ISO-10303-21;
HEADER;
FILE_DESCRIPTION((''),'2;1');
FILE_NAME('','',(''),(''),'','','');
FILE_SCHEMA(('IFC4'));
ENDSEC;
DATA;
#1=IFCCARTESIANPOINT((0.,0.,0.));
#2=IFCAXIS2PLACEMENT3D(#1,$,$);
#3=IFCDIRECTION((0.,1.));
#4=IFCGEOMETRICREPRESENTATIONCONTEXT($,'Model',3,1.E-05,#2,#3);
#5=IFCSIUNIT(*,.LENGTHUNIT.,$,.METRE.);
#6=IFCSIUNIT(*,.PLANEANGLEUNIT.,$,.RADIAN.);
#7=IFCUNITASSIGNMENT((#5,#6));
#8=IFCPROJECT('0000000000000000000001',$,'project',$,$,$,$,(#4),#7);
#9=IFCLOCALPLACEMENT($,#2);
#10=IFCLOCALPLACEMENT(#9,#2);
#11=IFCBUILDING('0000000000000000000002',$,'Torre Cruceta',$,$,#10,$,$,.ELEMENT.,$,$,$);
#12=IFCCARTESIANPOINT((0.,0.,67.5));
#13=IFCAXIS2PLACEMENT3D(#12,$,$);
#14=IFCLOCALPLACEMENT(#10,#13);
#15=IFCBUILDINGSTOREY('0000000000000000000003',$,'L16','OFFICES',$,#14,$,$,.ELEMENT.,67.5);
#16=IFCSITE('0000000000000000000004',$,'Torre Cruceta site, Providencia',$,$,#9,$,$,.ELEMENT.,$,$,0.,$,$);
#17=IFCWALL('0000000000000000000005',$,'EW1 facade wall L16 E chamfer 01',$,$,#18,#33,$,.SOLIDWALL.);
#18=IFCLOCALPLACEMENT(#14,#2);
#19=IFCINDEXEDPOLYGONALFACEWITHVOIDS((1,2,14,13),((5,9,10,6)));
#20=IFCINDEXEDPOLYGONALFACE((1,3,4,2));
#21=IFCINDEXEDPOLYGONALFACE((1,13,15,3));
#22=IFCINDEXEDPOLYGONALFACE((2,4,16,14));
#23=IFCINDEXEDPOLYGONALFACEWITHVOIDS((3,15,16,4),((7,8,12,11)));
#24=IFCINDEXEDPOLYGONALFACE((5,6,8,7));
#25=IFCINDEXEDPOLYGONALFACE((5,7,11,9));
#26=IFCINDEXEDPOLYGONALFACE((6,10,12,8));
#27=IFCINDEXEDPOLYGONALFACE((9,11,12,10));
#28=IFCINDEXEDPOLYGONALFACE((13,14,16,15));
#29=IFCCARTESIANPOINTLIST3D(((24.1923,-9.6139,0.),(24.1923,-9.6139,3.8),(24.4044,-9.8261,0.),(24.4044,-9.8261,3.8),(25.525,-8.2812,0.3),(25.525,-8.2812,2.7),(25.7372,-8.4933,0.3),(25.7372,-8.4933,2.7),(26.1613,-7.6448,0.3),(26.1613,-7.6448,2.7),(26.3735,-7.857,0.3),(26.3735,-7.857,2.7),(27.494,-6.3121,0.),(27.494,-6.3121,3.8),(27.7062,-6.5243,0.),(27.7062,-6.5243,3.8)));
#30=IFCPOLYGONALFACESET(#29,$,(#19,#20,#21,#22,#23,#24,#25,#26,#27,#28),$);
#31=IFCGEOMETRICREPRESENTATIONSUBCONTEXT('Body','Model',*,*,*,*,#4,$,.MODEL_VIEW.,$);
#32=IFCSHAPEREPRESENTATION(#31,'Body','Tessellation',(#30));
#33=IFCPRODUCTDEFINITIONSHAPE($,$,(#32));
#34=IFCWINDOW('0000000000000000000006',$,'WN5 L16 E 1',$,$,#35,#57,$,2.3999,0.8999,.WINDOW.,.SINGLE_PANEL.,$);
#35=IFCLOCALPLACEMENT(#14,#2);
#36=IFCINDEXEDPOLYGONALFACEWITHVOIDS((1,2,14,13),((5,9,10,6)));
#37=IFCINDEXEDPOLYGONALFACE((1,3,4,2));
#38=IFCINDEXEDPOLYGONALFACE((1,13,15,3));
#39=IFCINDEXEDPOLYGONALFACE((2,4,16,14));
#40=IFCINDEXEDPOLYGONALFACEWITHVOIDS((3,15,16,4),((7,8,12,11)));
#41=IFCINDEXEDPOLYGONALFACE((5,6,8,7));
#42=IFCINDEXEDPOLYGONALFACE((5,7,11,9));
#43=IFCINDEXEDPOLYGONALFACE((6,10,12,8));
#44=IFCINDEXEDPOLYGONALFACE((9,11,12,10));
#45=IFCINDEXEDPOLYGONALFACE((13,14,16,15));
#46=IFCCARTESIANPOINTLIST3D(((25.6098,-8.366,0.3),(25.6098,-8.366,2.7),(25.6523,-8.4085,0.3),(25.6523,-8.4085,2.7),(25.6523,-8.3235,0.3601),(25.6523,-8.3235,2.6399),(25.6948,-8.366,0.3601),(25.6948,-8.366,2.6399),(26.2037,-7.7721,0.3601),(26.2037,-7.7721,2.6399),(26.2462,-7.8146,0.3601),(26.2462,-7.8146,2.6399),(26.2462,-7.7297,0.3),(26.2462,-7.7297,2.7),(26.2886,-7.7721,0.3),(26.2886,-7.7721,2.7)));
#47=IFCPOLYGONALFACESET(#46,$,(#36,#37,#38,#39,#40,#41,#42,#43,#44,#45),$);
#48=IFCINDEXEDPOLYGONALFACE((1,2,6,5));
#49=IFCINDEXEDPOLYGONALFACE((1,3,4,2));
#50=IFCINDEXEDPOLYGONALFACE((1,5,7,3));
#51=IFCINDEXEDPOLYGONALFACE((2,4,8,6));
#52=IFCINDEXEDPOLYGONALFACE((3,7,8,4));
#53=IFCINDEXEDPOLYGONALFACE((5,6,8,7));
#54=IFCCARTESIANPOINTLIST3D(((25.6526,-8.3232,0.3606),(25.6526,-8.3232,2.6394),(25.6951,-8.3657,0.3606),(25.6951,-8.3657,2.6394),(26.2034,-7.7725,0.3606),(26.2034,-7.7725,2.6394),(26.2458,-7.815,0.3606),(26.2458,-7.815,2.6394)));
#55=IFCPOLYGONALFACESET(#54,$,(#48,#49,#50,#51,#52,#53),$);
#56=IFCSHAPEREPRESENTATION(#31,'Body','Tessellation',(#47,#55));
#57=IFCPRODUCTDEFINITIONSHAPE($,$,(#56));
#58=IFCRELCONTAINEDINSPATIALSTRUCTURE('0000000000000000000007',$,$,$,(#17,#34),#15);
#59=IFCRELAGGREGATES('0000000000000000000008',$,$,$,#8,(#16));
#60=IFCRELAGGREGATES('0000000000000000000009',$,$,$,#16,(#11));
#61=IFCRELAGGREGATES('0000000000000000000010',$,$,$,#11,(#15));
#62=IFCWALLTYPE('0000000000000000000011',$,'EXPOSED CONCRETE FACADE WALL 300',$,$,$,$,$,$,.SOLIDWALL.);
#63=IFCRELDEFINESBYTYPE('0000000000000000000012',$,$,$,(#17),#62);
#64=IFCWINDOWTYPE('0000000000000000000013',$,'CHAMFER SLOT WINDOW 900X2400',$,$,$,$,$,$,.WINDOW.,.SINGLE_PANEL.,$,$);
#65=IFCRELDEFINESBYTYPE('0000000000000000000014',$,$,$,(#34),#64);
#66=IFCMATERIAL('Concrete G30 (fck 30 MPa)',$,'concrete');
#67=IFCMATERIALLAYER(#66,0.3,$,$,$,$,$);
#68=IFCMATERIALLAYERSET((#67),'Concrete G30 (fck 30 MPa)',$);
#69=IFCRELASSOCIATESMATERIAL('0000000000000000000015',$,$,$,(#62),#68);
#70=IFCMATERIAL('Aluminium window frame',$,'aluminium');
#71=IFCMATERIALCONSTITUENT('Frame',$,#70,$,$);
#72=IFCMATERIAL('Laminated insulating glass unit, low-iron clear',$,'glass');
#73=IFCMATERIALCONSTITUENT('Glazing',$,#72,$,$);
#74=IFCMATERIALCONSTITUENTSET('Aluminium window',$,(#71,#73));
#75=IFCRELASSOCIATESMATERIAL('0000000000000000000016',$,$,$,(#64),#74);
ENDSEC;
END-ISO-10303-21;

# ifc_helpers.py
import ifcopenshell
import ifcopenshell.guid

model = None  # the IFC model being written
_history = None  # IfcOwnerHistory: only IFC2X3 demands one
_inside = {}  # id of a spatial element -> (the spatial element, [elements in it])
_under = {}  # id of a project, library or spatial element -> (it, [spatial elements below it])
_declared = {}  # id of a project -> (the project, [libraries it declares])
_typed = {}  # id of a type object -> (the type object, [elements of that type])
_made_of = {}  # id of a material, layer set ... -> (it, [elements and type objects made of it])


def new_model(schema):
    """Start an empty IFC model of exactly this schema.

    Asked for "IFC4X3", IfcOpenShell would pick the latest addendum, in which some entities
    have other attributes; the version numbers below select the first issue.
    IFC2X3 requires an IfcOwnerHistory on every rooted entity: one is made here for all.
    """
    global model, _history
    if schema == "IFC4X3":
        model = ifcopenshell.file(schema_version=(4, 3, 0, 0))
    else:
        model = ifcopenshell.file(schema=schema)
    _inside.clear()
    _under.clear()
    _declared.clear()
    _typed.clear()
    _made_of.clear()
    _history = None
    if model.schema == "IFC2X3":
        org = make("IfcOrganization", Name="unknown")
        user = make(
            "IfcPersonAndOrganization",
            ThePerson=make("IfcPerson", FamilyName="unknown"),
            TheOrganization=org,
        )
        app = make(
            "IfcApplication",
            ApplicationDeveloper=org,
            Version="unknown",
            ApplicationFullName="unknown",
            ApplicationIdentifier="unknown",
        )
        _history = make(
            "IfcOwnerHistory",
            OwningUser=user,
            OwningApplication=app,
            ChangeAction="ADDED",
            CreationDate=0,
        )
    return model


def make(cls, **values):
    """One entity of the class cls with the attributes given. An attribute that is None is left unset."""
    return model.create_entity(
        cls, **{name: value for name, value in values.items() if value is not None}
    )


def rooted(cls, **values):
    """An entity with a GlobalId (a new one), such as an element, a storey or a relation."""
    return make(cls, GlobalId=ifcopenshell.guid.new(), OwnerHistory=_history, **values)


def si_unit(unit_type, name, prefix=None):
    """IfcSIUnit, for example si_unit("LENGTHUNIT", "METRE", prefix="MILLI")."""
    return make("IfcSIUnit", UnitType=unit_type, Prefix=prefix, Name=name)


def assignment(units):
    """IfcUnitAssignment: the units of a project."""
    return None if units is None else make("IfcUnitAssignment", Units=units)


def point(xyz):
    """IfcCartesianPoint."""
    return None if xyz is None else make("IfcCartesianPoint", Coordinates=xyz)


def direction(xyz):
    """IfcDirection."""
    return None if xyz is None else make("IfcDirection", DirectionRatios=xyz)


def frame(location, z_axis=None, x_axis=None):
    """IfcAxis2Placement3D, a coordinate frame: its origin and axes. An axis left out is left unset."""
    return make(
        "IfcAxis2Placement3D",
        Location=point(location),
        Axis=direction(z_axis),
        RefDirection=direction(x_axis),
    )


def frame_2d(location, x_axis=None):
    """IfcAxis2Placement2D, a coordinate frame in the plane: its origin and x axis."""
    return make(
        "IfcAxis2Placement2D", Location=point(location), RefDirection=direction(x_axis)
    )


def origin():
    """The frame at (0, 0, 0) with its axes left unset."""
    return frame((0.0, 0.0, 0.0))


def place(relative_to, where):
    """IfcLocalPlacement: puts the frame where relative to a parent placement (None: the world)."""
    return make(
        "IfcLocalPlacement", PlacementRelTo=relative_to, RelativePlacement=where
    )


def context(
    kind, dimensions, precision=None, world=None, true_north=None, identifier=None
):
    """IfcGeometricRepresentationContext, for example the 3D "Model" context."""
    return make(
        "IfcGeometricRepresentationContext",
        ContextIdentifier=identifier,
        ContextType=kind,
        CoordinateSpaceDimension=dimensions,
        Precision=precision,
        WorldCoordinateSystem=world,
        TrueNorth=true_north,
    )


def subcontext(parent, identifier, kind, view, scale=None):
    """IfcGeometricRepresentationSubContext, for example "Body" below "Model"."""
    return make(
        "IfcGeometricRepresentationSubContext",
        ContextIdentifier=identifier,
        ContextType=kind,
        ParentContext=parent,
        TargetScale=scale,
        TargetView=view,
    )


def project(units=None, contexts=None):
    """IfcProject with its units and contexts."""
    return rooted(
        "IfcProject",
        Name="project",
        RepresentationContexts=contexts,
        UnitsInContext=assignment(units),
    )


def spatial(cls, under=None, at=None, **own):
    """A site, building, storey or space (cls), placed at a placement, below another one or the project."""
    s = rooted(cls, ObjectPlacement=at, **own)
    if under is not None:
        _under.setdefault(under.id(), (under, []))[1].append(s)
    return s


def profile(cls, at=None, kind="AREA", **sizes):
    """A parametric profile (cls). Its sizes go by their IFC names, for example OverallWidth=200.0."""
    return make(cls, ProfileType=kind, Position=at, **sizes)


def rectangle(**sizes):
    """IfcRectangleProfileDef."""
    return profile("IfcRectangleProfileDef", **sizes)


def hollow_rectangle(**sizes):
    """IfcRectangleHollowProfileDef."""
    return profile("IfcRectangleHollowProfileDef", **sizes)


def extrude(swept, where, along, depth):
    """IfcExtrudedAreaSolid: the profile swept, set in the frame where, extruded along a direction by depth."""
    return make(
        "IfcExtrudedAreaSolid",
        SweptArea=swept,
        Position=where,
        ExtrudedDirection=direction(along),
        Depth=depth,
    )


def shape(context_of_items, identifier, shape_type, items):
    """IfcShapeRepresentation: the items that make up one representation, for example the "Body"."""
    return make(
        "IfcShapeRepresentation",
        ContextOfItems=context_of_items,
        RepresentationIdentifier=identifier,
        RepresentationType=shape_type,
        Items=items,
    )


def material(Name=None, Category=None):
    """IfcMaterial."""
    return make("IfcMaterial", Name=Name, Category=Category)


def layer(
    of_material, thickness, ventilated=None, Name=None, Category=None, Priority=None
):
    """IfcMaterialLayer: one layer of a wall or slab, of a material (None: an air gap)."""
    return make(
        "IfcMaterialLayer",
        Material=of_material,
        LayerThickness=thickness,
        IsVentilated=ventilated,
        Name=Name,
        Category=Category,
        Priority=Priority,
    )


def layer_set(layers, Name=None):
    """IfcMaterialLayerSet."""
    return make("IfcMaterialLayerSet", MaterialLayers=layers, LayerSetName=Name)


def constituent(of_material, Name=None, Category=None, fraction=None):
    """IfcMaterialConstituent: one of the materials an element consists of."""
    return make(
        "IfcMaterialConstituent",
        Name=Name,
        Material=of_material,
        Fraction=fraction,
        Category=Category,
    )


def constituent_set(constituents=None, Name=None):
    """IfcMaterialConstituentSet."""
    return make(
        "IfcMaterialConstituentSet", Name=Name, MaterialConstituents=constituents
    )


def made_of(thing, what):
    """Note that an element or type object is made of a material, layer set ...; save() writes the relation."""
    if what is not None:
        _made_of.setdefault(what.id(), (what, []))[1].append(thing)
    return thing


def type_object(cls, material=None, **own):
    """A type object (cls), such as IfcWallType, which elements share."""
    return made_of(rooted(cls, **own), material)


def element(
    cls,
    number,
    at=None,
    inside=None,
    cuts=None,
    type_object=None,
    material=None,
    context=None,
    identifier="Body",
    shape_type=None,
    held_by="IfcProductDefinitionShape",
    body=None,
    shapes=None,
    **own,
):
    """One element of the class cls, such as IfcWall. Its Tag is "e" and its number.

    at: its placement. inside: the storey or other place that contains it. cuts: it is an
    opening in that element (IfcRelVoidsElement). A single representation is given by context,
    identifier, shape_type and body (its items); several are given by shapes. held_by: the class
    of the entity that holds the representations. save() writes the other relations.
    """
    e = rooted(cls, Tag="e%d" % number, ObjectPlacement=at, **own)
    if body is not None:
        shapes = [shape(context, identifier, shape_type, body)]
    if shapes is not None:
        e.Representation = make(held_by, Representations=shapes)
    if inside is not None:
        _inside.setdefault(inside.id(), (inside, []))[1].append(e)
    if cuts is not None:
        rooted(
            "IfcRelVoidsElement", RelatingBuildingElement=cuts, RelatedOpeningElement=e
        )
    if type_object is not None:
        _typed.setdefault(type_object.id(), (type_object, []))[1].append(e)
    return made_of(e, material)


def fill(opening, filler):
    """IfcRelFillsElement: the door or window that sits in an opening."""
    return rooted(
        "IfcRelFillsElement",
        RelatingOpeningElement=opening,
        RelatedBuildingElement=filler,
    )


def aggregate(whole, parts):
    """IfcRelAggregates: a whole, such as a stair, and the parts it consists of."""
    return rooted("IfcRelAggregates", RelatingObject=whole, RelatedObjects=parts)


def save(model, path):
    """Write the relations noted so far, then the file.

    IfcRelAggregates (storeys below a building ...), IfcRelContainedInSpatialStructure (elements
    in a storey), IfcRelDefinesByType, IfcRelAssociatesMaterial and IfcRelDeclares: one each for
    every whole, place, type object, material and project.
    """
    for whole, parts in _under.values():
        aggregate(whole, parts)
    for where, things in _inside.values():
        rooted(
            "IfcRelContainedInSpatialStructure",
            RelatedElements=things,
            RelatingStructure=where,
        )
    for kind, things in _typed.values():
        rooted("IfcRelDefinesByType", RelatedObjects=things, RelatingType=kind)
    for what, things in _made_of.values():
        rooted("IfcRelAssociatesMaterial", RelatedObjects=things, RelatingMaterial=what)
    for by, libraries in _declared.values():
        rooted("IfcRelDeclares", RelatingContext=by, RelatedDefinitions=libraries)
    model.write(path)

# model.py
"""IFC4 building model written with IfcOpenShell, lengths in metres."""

from ifc_helpers import new_model, si_unit, direction, frame, frame_2d, origin, place, context, subcontext, project, spatial, rectangle, hollow_rectangle, extrude, material, layer, layer_set, constituent, constituent_set, type_object, element, fill, save


model = new_model("IFC4")

# Units and contexts
model_context = context("Model", 3, precision=1e-05, world=origin(), true_north=direction((0.0, 1.0)))
body_context = subcontext(model_context, "Body", "Model", "MODEL_VIEW")
ifc_project = project(units=[si_unit("LENGTHUNIT", "METRE"), si_unit("PLANEANGLEUNIT", "RADIAN")], contexts=[model_context])

# Site, building, storey
site_placement = place(None, origin())
site = spatial("IfcSite", under=ifc_project, at=site_placement, Name="Torre Cruceta site, Providencia", CompositionType="ELEMENT", RefElevation=0.0)
building_placement = place(site_placement, origin())
building = spatial("IfcBuilding", under=site, at=building_placement, Name="Torre Cruceta", CompositionType="ELEMENT")
storey_placement = place(building_placement, frame((0.0, 0.0, 67.5)))
storey = spatial("IfcBuildingStorey", under=building, at=storey_placement, Name="L16", Description="OFFICES", CompositionType="ELEMENT", Elevation=67.5)

# Wall, opening, window
ifc_material_1 = material(Name="Concrete G30 (fck 30 MPa)", Category="concrete")
ifc_layer_1 = layer(ifc_material_1, 0.3)
ifc_layer_set_1 = layer_set([ifc_layer_1], Name="Concrete G30 (fck 30 MPa)")
wall_type = type_object("IfcWallType", Name="EXPOSED CONCRETE FACADE WALL 300", PredefinedType="SOLIDWALL", material=ifc_layer_set_1)
wall_placement = place(storey_placement, frame((24.2983, -9.72, 0.0), z_axis=(0.0, 0.0, 1.0), x_axis=(0.707107, 0.707107, 0.0)))
wall = element("IfcWall", 1, at=wall_placement, inside=storey, type_object=wall_type, Name="EW1 facade wall L16 E chamfer 01", PredefinedType="SOLIDWALL", context=body_context, shape_type="SweptSolid", body=[
    extrude(rectangle(XDim=4.6694, YDim=0.3, at=frame_2d((2.3347, 0.0))), origin(), (0.0, 0.0, 1.0), 3.8),
])
opening_placement = place(wall_placement, frame((1.8848, 0.0, 0.3)))
opening = element("IfcOpeningElement", 2, at=opening_placement, cuts=wall, PredefinedType="OPENING", context=body_context, shape_type="SweptSolid", body=[
    extrude(rectangle(XDim=0.8999, YDim=2.3999, at=frame_2d((0.45, 1.2))), frame((0.0, 0.1599, 0.0), z_axis=(0.0, -1.0, 0.0), x_axis=(1.0, 0.0, 0.0)), (0.0, 0.0, 1.0), 0.3201),
])
ifc_material_2 = material(Name="Aluminium window frame", Category="aluminium")
ifc_constituent_1 = constituent(ifc_material_2, Name="Frame")
ifc_material_3 = material(Name="Laminated insulating glass unit, low-iron clear", Category="glass")
ifc_constituent_2 = constituent(ifc_material_3, Name="Glazing")
ifc_constituent_set = constituent_set(constituents=[ifc_constituent_1, ifc_constituent_2], Name="Aluminium window")
window_type = type_object("IfcWindowType", Name="CHAMFER SLOT WINDOW 900X2400", PartitioningType="SINGLE_PANEL", PredefinedType="WINDOW", material=ifc_constituent_set)
window_placement = place(opening_placement, origin())
window = element("IfcWindow", 3, at=window_placement, inside=storey, type_object=window_type, Name="WN5 L16 E 1", OverallHeight=2.3999, OverallWidth=0.8999, PartitioningType="SINGLE_PANEL", PredefinedType="WINDOW", context=body_context, shape_type="SweptSolid", body=[
    extrude(hollow_rectangle(XDim=0.8999, YDim=2.3999, WallThickness=0.0601, at=frame_2d((0.45, 1.2))), frame((0.0, 0.03, 0.0), z_axis=(0.0, -1.0, 0.0), x_axis=(1.0, 0.0, 0.0)), (0.0, 0.0, 1.0), 0.0601),
    extrude(rectangle(XDim=0.7788, YDim=2.2788, at=frame_2d((0.45, 1.2))), frame((0.0, 0.03, 0.0), z_axis=(0.0, -1.0, 0.0), x_axis=(1.0, 0.0, 0.0)), (0.0, 0.0, 1.0), 0.0601),
])
fill(opening, window)

save(model, "model.ifc")
